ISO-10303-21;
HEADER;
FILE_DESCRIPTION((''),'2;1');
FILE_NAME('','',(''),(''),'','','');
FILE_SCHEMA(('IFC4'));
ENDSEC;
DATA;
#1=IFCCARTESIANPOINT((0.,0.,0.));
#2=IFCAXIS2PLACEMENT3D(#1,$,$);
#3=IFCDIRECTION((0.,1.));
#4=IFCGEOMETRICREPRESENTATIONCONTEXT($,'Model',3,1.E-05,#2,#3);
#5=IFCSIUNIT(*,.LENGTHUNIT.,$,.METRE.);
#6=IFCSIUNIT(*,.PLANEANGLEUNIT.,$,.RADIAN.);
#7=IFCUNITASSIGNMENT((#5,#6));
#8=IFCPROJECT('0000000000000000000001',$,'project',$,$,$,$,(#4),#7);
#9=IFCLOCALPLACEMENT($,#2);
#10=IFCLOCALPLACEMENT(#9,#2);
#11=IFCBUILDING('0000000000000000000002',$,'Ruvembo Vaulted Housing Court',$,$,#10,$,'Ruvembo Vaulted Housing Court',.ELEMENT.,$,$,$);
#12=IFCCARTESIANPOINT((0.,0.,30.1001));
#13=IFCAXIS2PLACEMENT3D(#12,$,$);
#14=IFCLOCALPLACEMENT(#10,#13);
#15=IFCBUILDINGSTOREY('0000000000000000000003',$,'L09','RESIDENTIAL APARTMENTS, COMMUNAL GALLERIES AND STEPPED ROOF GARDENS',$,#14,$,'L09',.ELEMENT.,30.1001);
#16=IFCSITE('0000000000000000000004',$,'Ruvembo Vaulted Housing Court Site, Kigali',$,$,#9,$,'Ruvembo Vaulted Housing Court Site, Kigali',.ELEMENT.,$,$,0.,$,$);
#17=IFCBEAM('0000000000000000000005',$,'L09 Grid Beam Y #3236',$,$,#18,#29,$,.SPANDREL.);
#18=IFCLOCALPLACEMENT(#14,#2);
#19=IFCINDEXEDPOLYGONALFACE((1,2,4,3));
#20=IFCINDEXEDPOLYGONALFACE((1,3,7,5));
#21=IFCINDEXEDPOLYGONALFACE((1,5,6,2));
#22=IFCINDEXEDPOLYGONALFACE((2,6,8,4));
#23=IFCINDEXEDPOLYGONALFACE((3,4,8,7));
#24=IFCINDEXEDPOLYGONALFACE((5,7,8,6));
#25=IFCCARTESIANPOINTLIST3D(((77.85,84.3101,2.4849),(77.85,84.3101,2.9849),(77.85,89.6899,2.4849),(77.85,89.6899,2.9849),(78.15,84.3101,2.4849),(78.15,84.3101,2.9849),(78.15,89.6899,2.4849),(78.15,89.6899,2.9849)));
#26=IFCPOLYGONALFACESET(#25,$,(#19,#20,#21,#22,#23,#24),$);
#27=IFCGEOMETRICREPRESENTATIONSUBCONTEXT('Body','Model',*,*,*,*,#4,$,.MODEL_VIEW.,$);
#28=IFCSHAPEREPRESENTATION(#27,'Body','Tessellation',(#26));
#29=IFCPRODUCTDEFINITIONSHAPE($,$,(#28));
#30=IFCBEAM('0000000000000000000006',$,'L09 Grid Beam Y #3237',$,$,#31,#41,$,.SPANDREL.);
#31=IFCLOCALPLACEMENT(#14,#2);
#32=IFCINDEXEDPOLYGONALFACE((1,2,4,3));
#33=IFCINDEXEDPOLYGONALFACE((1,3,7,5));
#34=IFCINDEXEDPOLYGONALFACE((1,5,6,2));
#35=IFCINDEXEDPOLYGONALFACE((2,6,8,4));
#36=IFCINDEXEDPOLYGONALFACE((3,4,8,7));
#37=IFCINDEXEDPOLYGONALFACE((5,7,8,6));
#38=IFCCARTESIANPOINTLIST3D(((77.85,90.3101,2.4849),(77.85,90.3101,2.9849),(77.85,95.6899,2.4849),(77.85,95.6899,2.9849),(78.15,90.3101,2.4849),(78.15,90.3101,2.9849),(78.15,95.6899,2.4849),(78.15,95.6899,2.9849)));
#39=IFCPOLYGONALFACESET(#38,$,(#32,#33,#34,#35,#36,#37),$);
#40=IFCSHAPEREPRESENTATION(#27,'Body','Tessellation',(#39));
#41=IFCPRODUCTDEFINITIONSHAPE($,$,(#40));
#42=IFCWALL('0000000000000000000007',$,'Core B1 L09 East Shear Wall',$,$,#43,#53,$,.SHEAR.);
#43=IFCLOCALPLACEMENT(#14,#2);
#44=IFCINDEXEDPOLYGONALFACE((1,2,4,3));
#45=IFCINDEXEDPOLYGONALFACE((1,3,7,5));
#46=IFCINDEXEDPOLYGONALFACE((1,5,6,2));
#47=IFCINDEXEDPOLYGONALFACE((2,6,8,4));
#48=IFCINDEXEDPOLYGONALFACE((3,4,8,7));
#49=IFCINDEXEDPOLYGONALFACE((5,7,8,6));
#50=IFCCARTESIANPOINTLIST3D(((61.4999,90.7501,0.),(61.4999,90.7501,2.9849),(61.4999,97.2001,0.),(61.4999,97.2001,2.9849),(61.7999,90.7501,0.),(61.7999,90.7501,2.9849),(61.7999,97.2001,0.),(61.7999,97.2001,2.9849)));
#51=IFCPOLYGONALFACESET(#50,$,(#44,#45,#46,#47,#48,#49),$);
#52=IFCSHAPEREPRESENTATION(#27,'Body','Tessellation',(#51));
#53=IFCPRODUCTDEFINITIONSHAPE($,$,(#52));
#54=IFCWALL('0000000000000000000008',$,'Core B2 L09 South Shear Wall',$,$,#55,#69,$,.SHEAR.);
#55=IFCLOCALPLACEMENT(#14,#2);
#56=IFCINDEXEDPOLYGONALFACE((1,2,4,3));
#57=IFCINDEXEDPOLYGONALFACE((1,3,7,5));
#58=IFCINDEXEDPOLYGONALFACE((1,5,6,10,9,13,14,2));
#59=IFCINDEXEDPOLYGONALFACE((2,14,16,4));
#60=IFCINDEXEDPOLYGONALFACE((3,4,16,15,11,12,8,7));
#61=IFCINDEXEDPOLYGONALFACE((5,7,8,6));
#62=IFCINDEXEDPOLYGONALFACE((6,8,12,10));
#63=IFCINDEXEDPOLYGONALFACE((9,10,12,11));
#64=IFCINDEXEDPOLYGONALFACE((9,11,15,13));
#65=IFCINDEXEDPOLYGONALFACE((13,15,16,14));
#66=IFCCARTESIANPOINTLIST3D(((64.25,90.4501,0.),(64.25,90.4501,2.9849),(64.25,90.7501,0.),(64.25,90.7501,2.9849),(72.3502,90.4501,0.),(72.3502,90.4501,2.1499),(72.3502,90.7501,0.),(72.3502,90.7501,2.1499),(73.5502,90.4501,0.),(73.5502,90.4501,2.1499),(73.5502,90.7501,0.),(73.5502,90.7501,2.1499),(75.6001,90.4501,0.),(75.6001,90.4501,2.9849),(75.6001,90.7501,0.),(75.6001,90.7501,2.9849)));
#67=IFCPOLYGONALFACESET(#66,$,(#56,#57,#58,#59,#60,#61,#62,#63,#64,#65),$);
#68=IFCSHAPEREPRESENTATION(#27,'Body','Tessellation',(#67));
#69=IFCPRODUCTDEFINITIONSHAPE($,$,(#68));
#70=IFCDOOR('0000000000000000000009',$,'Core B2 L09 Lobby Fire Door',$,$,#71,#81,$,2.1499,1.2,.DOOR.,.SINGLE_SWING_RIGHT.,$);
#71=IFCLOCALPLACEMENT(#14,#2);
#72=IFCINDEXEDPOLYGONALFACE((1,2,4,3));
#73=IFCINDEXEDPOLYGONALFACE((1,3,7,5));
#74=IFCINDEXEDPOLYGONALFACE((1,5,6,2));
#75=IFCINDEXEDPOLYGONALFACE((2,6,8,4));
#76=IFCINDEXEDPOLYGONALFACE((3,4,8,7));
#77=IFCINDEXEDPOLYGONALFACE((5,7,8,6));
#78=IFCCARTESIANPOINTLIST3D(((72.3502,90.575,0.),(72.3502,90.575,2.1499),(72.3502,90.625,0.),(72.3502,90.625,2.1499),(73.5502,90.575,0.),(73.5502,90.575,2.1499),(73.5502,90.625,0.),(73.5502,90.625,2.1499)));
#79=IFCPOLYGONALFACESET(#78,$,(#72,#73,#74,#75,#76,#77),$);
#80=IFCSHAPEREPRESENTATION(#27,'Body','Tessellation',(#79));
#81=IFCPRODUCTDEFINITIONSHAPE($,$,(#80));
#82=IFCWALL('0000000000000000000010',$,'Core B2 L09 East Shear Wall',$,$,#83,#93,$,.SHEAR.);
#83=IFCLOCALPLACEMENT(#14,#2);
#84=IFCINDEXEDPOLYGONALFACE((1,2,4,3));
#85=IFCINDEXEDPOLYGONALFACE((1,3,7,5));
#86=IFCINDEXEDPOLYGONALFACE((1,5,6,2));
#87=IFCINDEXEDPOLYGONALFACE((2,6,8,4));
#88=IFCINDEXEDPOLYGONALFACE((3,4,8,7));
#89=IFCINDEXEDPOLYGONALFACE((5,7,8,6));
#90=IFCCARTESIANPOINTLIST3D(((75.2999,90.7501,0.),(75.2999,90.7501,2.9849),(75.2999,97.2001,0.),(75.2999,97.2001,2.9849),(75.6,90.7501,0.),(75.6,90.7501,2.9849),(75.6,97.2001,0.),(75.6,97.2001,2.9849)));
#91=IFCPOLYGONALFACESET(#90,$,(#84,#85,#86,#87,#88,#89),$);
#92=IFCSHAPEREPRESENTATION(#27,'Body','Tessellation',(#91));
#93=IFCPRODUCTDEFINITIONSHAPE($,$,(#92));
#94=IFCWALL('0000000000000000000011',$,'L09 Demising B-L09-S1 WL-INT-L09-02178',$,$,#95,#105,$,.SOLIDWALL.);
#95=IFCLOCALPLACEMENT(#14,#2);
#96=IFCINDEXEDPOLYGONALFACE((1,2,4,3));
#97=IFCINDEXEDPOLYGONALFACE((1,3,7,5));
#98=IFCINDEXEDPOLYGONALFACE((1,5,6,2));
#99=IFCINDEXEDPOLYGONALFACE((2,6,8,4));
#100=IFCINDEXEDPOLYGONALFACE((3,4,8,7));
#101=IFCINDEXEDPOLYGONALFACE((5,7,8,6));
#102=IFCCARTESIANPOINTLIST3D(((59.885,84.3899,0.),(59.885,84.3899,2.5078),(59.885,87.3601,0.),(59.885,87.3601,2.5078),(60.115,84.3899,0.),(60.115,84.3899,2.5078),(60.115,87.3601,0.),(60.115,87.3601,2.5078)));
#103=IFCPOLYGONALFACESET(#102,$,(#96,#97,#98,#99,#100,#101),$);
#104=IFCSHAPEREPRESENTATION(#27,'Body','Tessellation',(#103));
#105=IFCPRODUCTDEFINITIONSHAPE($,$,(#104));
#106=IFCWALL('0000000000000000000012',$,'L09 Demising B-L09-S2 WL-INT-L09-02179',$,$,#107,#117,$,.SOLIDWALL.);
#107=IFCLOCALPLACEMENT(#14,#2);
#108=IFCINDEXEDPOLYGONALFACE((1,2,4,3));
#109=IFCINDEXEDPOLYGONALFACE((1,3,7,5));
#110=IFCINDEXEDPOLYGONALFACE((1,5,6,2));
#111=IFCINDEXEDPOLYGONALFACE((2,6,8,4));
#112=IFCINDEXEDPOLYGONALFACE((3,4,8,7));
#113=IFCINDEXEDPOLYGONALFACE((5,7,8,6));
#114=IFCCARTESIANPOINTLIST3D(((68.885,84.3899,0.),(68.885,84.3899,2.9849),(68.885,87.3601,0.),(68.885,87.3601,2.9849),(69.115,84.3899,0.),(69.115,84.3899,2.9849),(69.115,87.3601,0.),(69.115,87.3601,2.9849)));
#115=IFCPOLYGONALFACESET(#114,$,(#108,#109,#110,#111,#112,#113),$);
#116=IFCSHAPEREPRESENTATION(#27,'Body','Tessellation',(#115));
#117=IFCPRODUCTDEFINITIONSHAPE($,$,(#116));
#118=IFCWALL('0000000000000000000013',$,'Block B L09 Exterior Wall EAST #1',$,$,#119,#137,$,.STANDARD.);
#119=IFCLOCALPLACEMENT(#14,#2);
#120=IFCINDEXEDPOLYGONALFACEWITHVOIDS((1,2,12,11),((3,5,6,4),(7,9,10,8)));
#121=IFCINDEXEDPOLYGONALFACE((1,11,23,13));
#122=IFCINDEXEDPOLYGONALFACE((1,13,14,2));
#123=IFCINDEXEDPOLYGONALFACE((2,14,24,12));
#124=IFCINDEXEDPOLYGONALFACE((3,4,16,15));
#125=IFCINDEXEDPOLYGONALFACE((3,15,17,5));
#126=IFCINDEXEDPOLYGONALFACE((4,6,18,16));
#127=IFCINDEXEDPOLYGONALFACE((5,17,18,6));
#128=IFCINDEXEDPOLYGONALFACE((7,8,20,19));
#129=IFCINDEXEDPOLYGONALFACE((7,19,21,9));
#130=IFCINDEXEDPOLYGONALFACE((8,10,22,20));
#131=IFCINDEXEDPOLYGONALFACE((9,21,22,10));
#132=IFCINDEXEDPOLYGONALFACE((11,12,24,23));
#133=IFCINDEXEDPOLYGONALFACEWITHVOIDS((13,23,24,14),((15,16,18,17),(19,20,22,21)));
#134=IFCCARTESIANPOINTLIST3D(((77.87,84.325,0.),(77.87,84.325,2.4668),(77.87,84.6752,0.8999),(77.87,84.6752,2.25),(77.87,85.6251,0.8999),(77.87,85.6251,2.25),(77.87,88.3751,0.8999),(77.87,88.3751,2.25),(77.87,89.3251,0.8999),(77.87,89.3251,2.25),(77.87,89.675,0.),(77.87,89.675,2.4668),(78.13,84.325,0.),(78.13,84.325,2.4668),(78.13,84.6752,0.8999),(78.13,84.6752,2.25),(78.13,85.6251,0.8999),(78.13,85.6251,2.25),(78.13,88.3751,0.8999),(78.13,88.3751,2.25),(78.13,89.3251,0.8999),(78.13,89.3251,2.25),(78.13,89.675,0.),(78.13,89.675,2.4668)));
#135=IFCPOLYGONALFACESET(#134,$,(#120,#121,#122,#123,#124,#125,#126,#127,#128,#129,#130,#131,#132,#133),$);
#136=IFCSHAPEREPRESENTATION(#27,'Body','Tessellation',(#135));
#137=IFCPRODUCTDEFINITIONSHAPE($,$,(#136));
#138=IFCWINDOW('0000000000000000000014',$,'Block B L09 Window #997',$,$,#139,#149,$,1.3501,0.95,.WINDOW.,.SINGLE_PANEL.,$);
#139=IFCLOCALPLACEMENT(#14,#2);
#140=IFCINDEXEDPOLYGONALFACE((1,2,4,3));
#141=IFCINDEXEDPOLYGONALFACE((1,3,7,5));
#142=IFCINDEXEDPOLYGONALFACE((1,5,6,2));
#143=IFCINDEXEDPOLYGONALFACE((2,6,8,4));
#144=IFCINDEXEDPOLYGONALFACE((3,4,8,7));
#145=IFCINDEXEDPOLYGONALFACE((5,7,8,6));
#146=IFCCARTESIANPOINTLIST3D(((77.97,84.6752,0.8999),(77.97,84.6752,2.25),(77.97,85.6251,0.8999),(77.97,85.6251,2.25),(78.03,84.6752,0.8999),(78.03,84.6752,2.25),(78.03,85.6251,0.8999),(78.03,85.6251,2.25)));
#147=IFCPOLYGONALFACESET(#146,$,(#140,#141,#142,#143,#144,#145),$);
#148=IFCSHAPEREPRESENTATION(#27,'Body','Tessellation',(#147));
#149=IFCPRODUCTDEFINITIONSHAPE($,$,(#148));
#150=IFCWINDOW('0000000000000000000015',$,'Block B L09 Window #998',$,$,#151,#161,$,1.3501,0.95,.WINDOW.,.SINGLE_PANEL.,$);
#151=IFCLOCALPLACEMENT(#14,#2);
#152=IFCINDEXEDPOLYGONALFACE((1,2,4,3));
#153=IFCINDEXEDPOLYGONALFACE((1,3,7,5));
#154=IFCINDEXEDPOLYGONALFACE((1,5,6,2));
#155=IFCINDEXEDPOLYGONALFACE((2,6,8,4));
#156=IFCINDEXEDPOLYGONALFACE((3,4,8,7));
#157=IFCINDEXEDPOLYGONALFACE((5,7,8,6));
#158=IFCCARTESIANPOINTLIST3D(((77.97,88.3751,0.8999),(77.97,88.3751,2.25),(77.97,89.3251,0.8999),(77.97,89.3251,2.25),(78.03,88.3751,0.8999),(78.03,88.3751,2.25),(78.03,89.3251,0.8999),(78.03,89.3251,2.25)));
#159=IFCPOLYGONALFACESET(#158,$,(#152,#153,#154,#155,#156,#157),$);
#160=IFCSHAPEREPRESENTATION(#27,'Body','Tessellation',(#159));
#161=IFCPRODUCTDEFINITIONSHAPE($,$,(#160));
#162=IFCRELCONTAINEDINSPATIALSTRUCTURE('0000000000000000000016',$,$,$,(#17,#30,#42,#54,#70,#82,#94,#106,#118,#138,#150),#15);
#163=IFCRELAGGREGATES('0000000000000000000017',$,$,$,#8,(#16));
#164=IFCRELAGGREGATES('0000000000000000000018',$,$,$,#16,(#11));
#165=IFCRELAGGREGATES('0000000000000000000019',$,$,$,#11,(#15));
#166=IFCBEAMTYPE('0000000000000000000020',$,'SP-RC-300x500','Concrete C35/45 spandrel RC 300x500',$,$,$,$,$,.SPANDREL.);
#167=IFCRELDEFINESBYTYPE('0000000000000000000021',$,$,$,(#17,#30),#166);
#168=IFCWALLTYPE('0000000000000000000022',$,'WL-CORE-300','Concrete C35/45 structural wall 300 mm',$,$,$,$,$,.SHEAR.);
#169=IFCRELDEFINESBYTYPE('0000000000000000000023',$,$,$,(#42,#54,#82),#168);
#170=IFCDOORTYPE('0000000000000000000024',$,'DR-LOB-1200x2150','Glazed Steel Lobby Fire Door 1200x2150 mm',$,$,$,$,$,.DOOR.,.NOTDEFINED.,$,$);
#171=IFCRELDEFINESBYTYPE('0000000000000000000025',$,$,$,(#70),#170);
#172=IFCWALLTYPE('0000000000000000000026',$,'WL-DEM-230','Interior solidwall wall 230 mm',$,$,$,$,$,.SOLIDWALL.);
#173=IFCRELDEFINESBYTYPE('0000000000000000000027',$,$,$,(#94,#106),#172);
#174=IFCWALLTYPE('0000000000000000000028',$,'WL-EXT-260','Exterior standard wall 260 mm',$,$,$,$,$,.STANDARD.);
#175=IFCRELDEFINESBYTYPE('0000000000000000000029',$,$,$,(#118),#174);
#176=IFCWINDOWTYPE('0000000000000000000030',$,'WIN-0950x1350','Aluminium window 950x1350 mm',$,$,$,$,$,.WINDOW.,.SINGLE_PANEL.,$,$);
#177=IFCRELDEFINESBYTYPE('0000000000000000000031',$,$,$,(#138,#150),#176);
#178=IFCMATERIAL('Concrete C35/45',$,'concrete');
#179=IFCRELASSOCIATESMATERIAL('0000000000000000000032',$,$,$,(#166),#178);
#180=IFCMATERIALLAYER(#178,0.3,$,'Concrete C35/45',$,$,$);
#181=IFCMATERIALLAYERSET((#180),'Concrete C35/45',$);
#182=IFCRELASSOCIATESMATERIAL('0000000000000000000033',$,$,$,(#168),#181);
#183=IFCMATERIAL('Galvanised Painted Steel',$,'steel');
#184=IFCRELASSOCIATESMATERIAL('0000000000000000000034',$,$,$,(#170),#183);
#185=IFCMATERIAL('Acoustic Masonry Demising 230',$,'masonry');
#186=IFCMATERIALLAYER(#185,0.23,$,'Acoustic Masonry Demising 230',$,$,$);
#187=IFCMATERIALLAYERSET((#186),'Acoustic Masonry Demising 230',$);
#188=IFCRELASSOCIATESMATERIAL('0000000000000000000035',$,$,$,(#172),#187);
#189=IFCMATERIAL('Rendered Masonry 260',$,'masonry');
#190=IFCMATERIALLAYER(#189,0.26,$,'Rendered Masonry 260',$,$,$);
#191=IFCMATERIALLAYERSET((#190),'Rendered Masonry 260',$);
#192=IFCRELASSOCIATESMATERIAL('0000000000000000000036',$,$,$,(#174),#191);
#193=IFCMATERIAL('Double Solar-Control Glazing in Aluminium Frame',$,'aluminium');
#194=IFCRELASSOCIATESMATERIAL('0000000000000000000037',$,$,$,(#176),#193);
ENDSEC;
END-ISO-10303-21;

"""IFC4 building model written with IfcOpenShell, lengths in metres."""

from ifc_helpers import new_model, si_unit, direction, frame, frame_2d, origin, origin_2d, place, context, subcontext, project, spatial, rectangle, extrude, material, layer, layer_set, material_profile, profile_set, type_object, element, fill, save


model = new_model("IFC4")

# Units and contexts
model_context = context("Model", 3, precision=1e-05, world=origin(), true_north=direction((0.0, 1.0)))
body_context = subcontext(model_context, "Body", "Model", "MODEL_VIEW")
ifc_project = project(units=[si_unit("LENGTHUNIT", "METRE"), si_unit("PLANEANGLEUNIT", "RADIAN")], contexts=[model_context])

# Site, building, storey
site_placement = place(None, origin())
site = spatial("IfcSite", under=ifc_project, at=site_placement, Name="Ruvembo Vaulted Housing Court Site, Kigali", LongName="Ruvembo Vaulted Housing Court Site, Kigali", CompositionType="ELEMENT", RefElevation=0.0)
building_placement = place(site_placement, origin())
building = spatial("IfcBuilding", under=site, at=building_placement, Name="Ruvembo Vaulted Housing Court", LongName="Ruvembo Vaulted Housing Court", CompositionType="ELEMENT")
storey_placement = place(building_placement, frame((0.0, 0.0, 30.1001)))
storey = spatial("IfcBuildingStorey", under=building, at=storey_placement, Name="L09", Description="RESIDENTIAL APARTMENTS, COMMUNAL GALLERIES AND STEPPED ROOF GARDENS", LongName="L09", CompositionType="ELEMENT", Elevation=30.1001)

# Shared definitions
ifc_material_1 = material(Name="Concrete C35/45", Category="concrete")

# Beams
ifc_material_profile_1 = material_profile(ifc_material_1, rectangle(XDim=0.3, YDim=0.5, at=origin_2d()), Name="RC 300x500")
ifc_profile_set_1 = profile_set([ifc_material_profile_1], Name="Concrete C35/45")
beam_type_1 = type_object("IfcBeamType", Name="SP-RC-300x500", Description="Concrete C35/45 spandrel RC 300x500", PredefinedType="SPANDREL", material=ifc_profile_set_1)
for number, where, z_axis, x_axis, name in (
    (1, (78.0, 84.3101, 2.7349), (0.0, 1.0, 0.0), (-1.0, 0.0, 0.0), "L09 Grid Beam Y #3236"),
    (2, (78.0, 90.3101, 2.7349), (0.0, 1.0, 0.0), (-1.0, 0.0, 0.0), "L09 Grid Beam Y #3237"),
):
    element("IfcBeam", number, at=place(storey_placement, frame(where, z_axis=z_axis, x_axis=x_axis)), inside=storey, type_object=beam_type_1, Name=name, PredefinedType="SPANDREL", context=body_context, shape_type="SweptSolid", body=[
        extrude(rectangle(XDim=0.3, YDim=0.5, at=origin_2d()), origin(), (0.0, 0.0, 1.0), 5.3799),
    ])

# Wall
ifc_layer_1 = layer(ifc_material_1, 0.3, Name="Concrete C35/45")
ifc_layer_set_1 = layer_set([ifc_layer_1], Name="Concrete C35/45")
wall_type_1 = type_object("IfcWallType", Name="WL-CORE-300", Description="Concrete C35/45 structural wall 300 mm", PredefinedType="SHEAR", material=ifc_layer_set_1)
wall_1_placement = place(storey_placement, frame((61.6499, 90.75, 0.0), z_axis=(0.0, 0.0, 1.0), x_axis=(0.0, 1.0, 0.0)))
element("IfcWall", 3, at=wall_1_placement, inside=storey, type_object=wall_type_1, Name="Core B1 L09 East Shear Wall", PredefinedType="SHEAR", context=body_context, shape_type="SweptSolid", body=[
    extrude(rectangle(XDim=6.45, YDim=0.3, at=frame_2d((3.2251, 0.0))), origin(), (0.0, 0.0, 1.0), 2.9849),
])

# Wall, opening, door
wall_2_placement = place(storey_placement, frame((64.25, 90.6001, 0.0), z_axis=(0.0, 0.0, 1.0), x_axis=(1.0, 0.0, 0.0)))
wall_2 = element("IfcWall", 4, at=wall_2_placement, inside=storey, type_object=wall_type_1, Name="Core B2 L09 South Shear Wall", PredefinedType="SHEAR", context=body_context, shape_type="SweptSolid", body=[
    extrude(rectangle(XDim=11.3501, YDim=0.3, at=frame_2d((5.675, 0.0))), origin(), (0.0, 0.0, 1.0), 2.9849),
])
opening_1_placement = place(wall_2_placement, frame((8.1001, 0.0, 0.0)))
opening_1 = element("IfcOpeningElement", 5, at=opening_1_placement, cuts=wall_2, PredefinedType="OPENING", context=body_context, shape_type="SweptSolid", body=[
    extrude(rectangle(XDim=1.2, YDim=2.1499, at=frame_2d((0.6001, 1.075))), frame((0.0, 0.1599, 0.0), z_axis=(0.0, -1.0, 0.0), x_axis=(1.0, 0.0, 0.0)), (0.0, 0.0, 1.0), 0.3201),
])
ifc_material_2 = material(Name="Galvanised Painted Steel", Category="steel")
door_type_1 = type_object("IfcDoorType", Name="DR-LOB-1200x2150", Description="Glazed Steel Lobby Fire Door 1200x2150 mm", OperationType="NOTDEFINED", PredefinedType="DOOR", material=ifc_material_2)
door_1_placement = place(opening_1_placement, origin())
door_1 = element("IfcDoor", 6, at=door_1_placement, inside=storey, type_object=door_type_1, Name="Core B2 L09 Lobby Fire Door", OperationType="SINGLE_SWING_RIGHT", OverallHeight=2.1499, OverallWidth=1.2, PredefinedType="DOOR", context=body_context, shape_type="SweptSolid", body=[
    extrude(rectangle(XDim=1.2, YDim=2.1499, at=frame_2d((0.6001, 1.075))), frame((0.0, 0.0249, 0.0), z_axis=(0.0, -1.0, 0.0), x_axis=(1.0, 0.0, 0.0)), (0.0, 0.0, 1.0), 0.05),
])
fill(opening_1, door_1)

# Walls
wall_3_placement = place(storey_placement, frame((75.45, 90.75, 0.0), z_axis=(0.0, 0.0, 1.0), x_axis=(0.0, 1.0, 0.0)))
element("IfcWall", 7, at=wall_3_placement, inside=storey, type_object=wall_type_1, Name="Core B2 L09 East Shear Wall", PredefinedType="SHEAR", context=body_context, shape_type="SweptSolid", body=[
    extrude(rectangle(XDim=6.45, YDim=0.3, at=frame_2d((3.2251, 0.0))), origin(), (0.0, 0.0, 1.0), 2.9849),
])
ifc_material_3 = material(Name="Acoustic Masonry Demising 230", Category="masonry")
ifc_layer_2 = layer(ifc_material_3, 0.23, Name="Acoustic Masonry Demising 230")
ifc_layer_set_2 = layer_set([ifc_layer_2], Name="Acoustic Masonry Demising 230")
wall_type_2 = type_object("IfcWallType", Name="WL-DEM-230", Description="Interior solidwall wall 230 mm", PredefinedType="SOLIDWALL", material=ifc_layer_set_2)
wall_4_placement = place(storey_placement, frame((60.0, 84.3899, 0.0), z_axis=(0.0, 0.0, 1.0), x_axis=(0.0, 1.0, 0.0)))
element("IfcWall", 8, at=wall_4_placement, inside=storey, type_object=wall_type_2, Name="L09 Demising B-L09-S1 WL-INT-L09-02178", PredefinedType="SOLIDWALL", context=body_context, shape_type="SweptSolid", body=[
    extrude(rectangle(XDim=2.9702, YDim=0.23, at=frame_2d((1.4851, 0.0))), origin(), (0.0, 0.0, 1.0), 2.5078),
])
wall_5_placement = place(storey_placement, frame((69.0, 84.3899, 0.0), z_axis=(0.0, 0.0, 1.0), x_axis=(0.0, 1.0, 0.0)))
element("IfcWall", 9, at=wall_5_placement, inside=storey, type_object=wall_type_2, Name="L09 Demising B-L09-S2 WL-INT-L09-02179", PredefinedType="SOLIDWALL", context=body_context, shape_type="SweptSolid", body=[
    extrude(rectangle(XDim=2.9702, YDim=0.23, at=frame_2d((1.4851, 0.0))), origin(), (0.0, 0.0, 1.0), 2.9849),
])

# Wall, openings, windows
ifc_material_4 = material(Name="Rendered Masonry 260", Category="masonry")
ifc_layer_3 = layer(ifc_material_4, 0.26, Name="Rendered Masonry 260")
ifc_layer_set_3 = layer_set([ifc_layer_3], Name="Rendered Masonry 260")
wall_type_3 = type_object("IfcWallType", Name="WL-EXT-260", Description="Exterior standard wall 260 mm", PredefinedType="STANDARD", material=ifc_layer_set_3)
wall_6_placement = place(storey_placement, frame((78.0, 84.325, 0.0), z_axis=(0.0, 0.0, 1.0), x_axis=(0.0, 1.0, 0.0)))
wall_6 = element("IfcWall", 10, at=wall_6_placement, inside=storey, type_object=wall_type_3, Name="Block B L09 Exterior Wall EAST #1", PredefinedType="STANDARD", context=body_context, shape_type="SweptSolid", body=[
    extrude(rectangle(XDim=5.3501, YDim=0.26, at=frame_2d((2.675, 0.0))), origin(), (0.0, 0.0, 1.0), 2.4668),
])
opening_2_placement = place(wall_6_placement, frame((0.3501, 0.0, 0.8999)))
opening_2 = element("IfcOpeningElement", 11, at=opening_2_placement, cuts=wall_6, PredefinedType="OPENING", context=body_context, shape_type="SweptSolid", body=[
    extrude(rectangle(XDim=0.95, YDim=1.3501, at=frame_2d((0.4751, 0.675))), frame((0.0, 0.1399, 0.0), z_axis=(0.0, -1.0, 0.0), x_axis=(1.0, 0.0, 0.0)), (0.0, 0.0, 1.0), 0.28),
])
opening_3_placement = place(wall_6_placement, frame((4.05, 0.0, 0.8999)))
opening_3 = element("IfcOpeningElement", 12, at=opening_3_placement, cuts=wall_6, PredefinedType="OPENING", context=body_context, shape_type="SweptSolid", body=[
    extrude(rectangle(XDim=0.95, YDim=1.3501, at=frame_2d((0.4751, 0.675))), frame((0.0, 0.1399, 0.0), z_axis=(0.0, -1.0, 0.0), x_axis=(1.0, 0.0, 0.0)), (0.0, 0.0, 1.0), 0.28),
])
ifc_material_5 = material(Name="Double Solar-Control Glazing in Aluminium Frame", Category="aluminium")
window_type_1 = type_object("IfcWindowType", Name="WIN-0950x1350", Description="Aluminium window 950x1350 mm", PartitioningType="SINGLE_PANEL", PredefinedType="WINDOW", material=ifc_material_5)
window_1_placement = place(opening_2_placement, origin())
window_1 = element("IfcWindow", 13, at=window_1_placement, inside=storey, type_object=window_type_1, Name="Block B L09 Window #997", OverallHeight=1.3501, OverallWidth=0.95, PartitioningType="SINGLE_PANEL", PredefinedType="WINDOW", context=body_context, shape_type="SweptSolid", body=[
    extrude(rectangle(XDim=0.95, YDim=1.3501, at=frame_2d((0.4751, 0.675))), frame((0.0, 0.03, 0.0), z_axis=(0.0, -1.0, 0.0), x_axis=(1.0, 0.0, 0.0)), (0.0, 0.0, 1.0), 0.0601),
])
fill(opening_2, window_1)
window_2_placement = place(opening_3_placement, origin())
window_2 = element("IfcWindow", 14, at=window_2_placement, inside=storey, type_object=window_type_1, Name="Block B L09 Window #998", OverallHeight=1.3501, OverallWidth=0.95, PartitioningType="SINGLE_PANEL", PredefinedType="WINDOW", context=body_context, shape_type="SweptSolid", body=[
    extrude(rectangle(XDim=0.95, YDim=1.3501, at=frame_2d((0.4751, 0.675))), frame((0.0, 0.03, 0.0), z_axis=(0.0, -1.0, 0.0), x_axis=(1.0, 0.0, 0.0)), (0.0, 0.0, 1.0), 0.0601),
])
fill(opening_3, window_2)

save(model, "model.ifc")
